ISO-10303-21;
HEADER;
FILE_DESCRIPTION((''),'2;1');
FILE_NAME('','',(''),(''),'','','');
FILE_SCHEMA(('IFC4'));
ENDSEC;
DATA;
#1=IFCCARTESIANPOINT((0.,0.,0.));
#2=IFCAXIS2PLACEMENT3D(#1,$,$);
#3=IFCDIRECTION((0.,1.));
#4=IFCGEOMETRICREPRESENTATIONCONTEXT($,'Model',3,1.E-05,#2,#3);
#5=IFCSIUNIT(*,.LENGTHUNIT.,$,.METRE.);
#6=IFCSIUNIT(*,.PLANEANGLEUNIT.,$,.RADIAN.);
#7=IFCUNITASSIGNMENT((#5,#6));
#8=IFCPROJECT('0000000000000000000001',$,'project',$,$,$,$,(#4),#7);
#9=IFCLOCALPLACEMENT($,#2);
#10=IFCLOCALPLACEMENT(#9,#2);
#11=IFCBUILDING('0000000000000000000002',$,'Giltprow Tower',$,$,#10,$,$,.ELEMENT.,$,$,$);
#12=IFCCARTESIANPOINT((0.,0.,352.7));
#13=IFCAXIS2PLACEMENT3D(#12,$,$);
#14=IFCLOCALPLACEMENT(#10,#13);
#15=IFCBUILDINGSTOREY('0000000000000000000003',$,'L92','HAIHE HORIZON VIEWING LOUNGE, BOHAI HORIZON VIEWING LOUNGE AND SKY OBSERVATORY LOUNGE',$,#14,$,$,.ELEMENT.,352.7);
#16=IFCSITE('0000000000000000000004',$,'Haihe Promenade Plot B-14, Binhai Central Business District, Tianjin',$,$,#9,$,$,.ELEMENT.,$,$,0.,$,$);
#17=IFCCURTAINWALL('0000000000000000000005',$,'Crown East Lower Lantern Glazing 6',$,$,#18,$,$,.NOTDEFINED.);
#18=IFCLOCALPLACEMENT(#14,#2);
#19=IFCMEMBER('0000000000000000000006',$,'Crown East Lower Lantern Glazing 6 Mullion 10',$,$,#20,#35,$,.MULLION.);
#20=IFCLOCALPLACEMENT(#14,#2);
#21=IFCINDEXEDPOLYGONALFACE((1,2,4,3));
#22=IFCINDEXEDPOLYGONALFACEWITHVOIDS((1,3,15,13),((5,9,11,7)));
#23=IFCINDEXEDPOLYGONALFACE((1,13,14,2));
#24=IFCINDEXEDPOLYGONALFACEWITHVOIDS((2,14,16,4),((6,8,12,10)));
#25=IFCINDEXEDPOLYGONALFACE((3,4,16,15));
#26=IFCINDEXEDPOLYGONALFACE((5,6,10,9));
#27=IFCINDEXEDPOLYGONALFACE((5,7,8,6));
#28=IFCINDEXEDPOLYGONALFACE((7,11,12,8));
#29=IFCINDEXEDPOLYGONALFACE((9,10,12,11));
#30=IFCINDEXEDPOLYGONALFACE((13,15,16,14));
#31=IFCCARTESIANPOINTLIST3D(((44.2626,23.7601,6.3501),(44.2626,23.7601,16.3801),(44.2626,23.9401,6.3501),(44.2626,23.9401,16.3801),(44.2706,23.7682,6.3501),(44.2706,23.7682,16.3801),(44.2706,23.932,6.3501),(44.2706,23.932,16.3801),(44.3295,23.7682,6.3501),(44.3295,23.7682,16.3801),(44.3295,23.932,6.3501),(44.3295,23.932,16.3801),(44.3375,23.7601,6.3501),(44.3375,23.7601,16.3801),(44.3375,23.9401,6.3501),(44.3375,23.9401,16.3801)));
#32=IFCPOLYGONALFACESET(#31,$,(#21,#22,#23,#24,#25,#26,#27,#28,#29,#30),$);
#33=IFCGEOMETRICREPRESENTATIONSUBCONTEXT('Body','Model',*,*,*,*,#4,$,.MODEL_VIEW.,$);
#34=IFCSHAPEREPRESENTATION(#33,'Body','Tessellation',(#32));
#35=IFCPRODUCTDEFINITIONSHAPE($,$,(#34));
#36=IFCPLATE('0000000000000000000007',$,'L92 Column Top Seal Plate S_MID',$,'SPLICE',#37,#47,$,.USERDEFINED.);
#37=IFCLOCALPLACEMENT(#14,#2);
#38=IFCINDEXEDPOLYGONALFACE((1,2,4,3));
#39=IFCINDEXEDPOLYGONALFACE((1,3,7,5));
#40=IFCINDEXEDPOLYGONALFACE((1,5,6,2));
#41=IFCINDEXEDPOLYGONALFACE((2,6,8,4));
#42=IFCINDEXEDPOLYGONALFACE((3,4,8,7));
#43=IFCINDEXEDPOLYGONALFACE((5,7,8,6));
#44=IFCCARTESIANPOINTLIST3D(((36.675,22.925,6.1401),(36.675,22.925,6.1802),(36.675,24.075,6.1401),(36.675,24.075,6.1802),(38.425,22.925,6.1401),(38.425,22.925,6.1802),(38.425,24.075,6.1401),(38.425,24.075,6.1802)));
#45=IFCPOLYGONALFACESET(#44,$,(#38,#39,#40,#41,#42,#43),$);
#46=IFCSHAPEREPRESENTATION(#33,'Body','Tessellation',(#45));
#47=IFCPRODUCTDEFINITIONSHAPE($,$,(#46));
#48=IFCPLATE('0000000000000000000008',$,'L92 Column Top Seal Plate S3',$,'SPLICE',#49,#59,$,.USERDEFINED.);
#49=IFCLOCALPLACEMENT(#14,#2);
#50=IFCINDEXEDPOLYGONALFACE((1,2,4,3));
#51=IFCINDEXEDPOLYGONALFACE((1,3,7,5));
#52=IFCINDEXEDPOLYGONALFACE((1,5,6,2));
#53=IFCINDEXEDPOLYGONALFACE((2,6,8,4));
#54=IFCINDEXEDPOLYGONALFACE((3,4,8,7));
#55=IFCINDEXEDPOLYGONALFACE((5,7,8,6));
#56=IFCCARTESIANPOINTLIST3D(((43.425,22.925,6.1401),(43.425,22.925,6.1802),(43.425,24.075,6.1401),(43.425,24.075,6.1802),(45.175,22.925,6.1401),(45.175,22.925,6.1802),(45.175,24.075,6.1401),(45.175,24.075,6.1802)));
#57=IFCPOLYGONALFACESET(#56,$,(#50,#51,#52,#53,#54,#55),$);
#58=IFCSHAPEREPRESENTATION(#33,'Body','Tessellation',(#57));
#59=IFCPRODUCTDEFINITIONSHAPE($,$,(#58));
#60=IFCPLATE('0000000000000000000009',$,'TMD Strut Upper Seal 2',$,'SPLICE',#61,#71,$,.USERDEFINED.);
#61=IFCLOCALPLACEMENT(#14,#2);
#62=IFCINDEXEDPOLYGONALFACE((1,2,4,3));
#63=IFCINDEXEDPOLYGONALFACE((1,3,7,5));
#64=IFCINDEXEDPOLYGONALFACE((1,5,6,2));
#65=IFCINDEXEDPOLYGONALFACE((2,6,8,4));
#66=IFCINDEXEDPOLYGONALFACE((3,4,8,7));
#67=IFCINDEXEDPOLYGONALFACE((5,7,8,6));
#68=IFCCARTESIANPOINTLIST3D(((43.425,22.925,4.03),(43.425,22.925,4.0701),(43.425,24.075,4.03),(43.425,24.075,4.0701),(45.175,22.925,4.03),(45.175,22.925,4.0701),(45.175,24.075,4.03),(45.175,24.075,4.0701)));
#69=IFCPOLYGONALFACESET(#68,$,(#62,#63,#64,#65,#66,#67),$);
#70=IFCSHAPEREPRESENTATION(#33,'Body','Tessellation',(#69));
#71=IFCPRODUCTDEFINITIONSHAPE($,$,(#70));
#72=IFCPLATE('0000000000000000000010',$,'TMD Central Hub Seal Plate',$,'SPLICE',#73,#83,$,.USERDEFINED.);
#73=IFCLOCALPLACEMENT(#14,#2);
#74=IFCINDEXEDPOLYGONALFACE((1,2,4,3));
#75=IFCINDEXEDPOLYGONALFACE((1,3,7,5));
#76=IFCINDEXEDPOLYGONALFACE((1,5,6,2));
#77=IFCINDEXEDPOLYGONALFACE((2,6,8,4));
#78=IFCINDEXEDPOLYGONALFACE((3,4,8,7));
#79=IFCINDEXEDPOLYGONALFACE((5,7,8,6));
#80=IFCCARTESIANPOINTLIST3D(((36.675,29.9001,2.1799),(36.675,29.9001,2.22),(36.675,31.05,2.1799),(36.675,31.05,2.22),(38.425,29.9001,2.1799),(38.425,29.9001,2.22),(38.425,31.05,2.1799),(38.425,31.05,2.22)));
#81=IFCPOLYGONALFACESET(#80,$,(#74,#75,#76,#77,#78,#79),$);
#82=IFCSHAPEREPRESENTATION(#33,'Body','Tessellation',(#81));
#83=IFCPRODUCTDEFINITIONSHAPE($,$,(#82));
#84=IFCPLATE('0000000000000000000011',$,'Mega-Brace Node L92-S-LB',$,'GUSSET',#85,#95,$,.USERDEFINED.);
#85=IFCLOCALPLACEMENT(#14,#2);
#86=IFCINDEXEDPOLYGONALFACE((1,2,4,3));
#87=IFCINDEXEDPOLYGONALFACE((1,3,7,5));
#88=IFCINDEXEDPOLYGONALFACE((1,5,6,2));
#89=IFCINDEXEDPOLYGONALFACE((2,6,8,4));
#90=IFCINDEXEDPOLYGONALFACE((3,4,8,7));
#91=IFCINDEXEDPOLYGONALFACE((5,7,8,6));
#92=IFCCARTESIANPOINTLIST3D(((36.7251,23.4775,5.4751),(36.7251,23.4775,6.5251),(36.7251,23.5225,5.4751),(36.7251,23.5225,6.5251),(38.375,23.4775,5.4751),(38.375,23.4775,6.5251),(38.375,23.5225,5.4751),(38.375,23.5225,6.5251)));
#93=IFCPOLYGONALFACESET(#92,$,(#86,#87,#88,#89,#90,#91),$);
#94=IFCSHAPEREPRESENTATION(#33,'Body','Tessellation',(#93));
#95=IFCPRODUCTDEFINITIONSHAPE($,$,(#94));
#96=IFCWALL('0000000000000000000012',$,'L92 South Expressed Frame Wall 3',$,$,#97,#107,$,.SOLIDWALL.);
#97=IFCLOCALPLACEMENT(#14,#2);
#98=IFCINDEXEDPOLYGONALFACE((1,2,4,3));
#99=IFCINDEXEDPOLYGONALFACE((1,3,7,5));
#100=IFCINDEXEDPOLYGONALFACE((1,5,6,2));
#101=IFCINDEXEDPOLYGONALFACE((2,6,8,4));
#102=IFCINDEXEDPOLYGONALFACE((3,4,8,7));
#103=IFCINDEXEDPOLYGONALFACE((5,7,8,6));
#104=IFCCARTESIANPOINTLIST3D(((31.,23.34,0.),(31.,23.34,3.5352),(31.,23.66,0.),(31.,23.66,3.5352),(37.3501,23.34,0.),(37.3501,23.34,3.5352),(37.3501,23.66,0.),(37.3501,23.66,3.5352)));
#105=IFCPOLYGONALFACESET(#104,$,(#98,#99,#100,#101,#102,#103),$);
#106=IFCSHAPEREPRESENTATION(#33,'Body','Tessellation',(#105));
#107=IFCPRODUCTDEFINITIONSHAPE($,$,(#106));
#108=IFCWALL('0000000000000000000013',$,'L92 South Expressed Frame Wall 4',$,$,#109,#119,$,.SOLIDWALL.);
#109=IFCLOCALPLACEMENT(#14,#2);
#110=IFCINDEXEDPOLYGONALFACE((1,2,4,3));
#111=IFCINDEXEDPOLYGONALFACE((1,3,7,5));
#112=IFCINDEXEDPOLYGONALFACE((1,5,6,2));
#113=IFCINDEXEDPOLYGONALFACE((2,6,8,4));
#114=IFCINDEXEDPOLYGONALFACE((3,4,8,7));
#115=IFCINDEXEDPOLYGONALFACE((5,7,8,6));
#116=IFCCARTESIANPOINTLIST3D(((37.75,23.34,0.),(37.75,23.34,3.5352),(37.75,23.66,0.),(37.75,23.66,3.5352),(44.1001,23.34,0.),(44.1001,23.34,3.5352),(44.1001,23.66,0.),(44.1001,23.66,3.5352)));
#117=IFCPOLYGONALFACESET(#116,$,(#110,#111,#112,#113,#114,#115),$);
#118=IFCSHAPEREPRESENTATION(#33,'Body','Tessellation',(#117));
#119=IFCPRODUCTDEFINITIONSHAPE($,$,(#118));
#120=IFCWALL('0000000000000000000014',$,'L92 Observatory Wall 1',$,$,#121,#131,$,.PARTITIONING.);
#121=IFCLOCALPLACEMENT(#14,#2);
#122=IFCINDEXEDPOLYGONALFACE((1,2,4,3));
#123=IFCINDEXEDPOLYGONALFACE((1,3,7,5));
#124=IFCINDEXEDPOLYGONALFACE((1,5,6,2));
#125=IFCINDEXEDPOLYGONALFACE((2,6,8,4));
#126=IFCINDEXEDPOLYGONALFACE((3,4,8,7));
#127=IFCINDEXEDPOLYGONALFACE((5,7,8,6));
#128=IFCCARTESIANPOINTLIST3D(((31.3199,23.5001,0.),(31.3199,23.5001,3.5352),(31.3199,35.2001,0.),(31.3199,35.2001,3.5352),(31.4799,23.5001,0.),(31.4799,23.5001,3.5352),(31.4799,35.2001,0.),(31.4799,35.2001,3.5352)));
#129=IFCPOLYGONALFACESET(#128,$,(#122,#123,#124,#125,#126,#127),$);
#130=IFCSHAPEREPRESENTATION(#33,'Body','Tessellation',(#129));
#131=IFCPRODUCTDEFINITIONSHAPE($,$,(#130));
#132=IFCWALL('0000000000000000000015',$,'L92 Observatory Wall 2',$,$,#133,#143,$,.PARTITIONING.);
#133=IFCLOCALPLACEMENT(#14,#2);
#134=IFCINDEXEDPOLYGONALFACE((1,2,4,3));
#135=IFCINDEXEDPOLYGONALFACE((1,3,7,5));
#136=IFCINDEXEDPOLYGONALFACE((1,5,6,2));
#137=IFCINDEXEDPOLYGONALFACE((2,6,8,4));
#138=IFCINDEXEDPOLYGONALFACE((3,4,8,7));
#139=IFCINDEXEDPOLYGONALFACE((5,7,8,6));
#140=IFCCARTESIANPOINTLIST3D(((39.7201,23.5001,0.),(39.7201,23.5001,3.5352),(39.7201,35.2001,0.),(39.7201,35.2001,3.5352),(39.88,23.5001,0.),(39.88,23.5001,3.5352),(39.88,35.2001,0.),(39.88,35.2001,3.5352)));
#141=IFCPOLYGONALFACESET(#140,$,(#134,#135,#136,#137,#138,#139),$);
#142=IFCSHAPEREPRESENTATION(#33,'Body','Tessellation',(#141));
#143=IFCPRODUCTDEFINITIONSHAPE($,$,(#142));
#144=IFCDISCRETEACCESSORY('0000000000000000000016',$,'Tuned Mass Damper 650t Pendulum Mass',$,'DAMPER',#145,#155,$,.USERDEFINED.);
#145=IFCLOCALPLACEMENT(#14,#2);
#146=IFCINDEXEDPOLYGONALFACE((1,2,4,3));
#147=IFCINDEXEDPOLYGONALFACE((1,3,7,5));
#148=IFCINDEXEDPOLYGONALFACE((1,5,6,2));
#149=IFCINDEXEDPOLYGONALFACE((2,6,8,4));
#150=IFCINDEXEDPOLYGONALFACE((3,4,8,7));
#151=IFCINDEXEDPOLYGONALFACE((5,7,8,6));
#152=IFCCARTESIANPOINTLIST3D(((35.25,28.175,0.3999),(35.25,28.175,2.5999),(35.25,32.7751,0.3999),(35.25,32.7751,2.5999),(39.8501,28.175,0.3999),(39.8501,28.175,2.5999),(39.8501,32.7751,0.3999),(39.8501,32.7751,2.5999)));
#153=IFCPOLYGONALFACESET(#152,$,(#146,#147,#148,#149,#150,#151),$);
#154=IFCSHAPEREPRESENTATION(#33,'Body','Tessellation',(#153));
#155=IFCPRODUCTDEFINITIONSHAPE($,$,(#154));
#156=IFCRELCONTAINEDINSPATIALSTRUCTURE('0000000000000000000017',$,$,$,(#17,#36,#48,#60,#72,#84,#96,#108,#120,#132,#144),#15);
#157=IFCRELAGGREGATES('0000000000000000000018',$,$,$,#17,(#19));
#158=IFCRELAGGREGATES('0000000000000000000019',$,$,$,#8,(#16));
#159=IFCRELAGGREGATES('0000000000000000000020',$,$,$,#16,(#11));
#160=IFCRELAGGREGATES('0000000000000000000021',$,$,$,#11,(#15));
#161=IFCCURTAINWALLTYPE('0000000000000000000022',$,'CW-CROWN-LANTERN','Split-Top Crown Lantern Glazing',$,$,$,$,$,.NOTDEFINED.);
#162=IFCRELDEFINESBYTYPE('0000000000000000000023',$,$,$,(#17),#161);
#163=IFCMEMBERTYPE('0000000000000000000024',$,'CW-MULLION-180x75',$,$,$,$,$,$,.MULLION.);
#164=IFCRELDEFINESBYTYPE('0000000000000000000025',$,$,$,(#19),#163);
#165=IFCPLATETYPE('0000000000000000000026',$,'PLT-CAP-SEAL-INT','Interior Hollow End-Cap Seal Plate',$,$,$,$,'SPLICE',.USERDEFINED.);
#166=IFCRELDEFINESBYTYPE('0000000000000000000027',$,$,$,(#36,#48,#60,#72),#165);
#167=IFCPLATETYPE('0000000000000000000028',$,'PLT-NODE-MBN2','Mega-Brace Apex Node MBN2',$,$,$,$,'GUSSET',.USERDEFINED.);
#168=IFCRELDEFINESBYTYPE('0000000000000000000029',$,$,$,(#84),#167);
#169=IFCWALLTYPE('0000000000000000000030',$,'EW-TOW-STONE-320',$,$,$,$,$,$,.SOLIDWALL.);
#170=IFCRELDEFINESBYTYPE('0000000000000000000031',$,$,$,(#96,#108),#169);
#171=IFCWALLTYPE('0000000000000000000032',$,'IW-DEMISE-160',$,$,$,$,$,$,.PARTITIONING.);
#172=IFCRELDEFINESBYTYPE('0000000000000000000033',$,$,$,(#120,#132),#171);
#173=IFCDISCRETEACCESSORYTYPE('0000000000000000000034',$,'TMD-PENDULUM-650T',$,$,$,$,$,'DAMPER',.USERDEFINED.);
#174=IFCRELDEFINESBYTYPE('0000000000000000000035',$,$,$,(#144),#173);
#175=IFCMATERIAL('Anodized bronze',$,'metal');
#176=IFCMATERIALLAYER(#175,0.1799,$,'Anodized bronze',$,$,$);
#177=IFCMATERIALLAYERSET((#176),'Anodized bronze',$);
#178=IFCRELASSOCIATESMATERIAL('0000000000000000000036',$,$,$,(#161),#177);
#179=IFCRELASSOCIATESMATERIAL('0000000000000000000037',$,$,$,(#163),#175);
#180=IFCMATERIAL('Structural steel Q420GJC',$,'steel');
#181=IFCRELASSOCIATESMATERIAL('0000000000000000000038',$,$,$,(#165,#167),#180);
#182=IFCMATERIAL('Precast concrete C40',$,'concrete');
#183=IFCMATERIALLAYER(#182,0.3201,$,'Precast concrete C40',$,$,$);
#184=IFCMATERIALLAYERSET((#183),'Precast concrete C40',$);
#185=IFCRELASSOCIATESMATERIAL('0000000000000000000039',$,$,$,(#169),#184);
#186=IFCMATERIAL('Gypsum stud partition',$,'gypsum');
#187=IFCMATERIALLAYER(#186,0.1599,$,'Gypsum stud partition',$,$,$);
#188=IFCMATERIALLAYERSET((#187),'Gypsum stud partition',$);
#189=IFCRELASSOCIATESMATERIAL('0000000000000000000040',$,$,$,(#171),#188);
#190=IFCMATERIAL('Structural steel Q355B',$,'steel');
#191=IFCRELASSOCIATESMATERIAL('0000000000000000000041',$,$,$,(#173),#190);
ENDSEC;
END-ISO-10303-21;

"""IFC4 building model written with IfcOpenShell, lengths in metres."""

from ifc_helpers import new_model, si_unit, direction, frame, frame_2d, origin, origin_2d, place, context, subcontext, project, spatial, rectangle, hollow_rectangle, extrude, source, transform, mapped, material, layer, layer_set, material_profile, profile_set, type_object, element, aggregate, save


model = new_model("IFC4")

# Units and contexts
model_context = context("Model", 3, precision=1e-05, world=origin(), true_north=direction((0.0, 1.0)))
body_context = subcontext(model_context, "Body", "Model", "MODEL_VIEW")
ifc_project = project(units=[si_unit("LENGTHUNIT", "METRE"), si_unit("PLANEANGLEUNIT", "RADIAN")], contexts=[model_context])

# Site, building, storey
site_placement = place(None, origin())
site = spatial("IfcSite", under=ifc_project, at=site_placement, Name="Haihe Promenade Plot B-14, Binhai Central Business District, Tianjin", CompositionType="ELEMENT", RefElevation=0.0)
building_placement = place(site_placement, origin())
building = spatial("IfcBuilding", under=site, at=building_placement, Name="Giltprow Tower", CompositionType="ELEMENT")
storey_placement = place(building_placement, frame((0.0, 0.0, 352.7)))
storey = spatial("IfcBuildingStorey", under=building, at=storey_placement, Name="L92", Description="HAIHE HORIZON VIEWING LOUNGE, BOHAI HORIZON VIEWING LOUNGE AND SKY OBSERVATORY LOUNGE", CompositionType="ELEMENT", Elevation=352.7)

# Shared definitions
ifc_material_1 = material(Name="Structural steel Q355B", Category="steel")

# Shared definitions
ifc_material_2 = material(Name="Structural steel Q420GJC", Category="steel")

# Curtain wall, member
ifc_material_3 = material(Name="Anodized bronze", Category="metal")
ifc_layer_1 = layer(ifc_material_3, 0.1799, Name="Anodized bronze")
ifc_layer_set_1 = layer_set([ifc_layer_1], Name="Anodized bronze")
curtain_wall_type = type_object("IfcCurtainWallType", Name="CW-CROWN-LANTERN", Description="Split-Top Crown Lantern Glazing", PredefinedType="NOTDEFINED", material=ifc_layer_set_1)
curtain_wall_placement = place(storey_placement, origin())
curtain_wall = element("IfcCurtainWall", 1, at=curtain_wall_placement, inside=storey, type_object=curtain_wall_type, Name="Crown East Lower Lantern Glazing 6", PredefinedType="NOTDEFINED")
ifc_material_profile_1 = material_profile(ifc_material_3, hollow_rectangle(XDim=0.075, YDim=0.1799, WallThickness=0.0081, at=origin_2d()), Name="RHS 180x75x8")
ifc_profile_set_1 = profile_set([ifc_material_profile_1], Name="Anodized bronze")
member_type_1 = type_object("IfcMemberType", Name="CW-MULLION-180x75", PredefinedType="MULLION", material=ifc_profile_set_1)
shared_shape_1 = source(origin(), body_context, "Body", "SweptSolid", [
    extrude(hollow_rectangle(XDim=0.075, YDim=0.1799, WallThickness=0.0081, at=origin_2d()), origin(), (0.0, 0.0, 1.0), 10.03),
])
member_1_placement = place(storey_placement, frame((44.3, 23.8501, 6.3501), z_axis=(0.0, 0.0, 1.0), x_axis=(1.0, 0.0, 0.0)))
member_1 = element("IfcMember", 2, at=member_1_placement, type_object=member_type_1, Name="Crown East Lower Lantern Glazing 6 Mullion 10", PredefinedType="MULLION", context=body_context, shape_type="MappedRepresentation", body=[
    mapped(shared_shape_1, transform((0.0, 0.0, 0.0), x_axis=(1.0, 0.0, 0.0), y_axis=(0.0, 1.0, 0.0), z_axis=(0.0, 0.0, 1.0), scale=1.0)),
])
aggregate(curtain_wall, [member_1])

# Plates
plate_type_1 = type_object("IfcPlateType", Name="PLT-CAP-SEAL-INT", Description="Interior Hollow End-Cap Seal Plate", ElementType="SPLICE", PredefinedType="USERDEFINED", material=ifc_material_2)
shared_shape_2 = source(origin(), body_context, "Body", "SweptSolid", [
    extrude(rectangle(XDim=1.75, YDim=1.1499, at=origin_2d()), origin(), (0.0, 0.0, 1.0), 0.04),
])
for number, where, z_axis, x_axis, name in (
    (3, (37.55, 23.5, 6.1401), (0.0, 0.0, 1.0), (1.0, 0.0, 0.0), "L92 Column Top Seal Plate S_MID"),
    (4, (44.3, 23.5, 6.1401), (0.0, 0.0, 1.0), (1.0, 0.0, 0.0), "L92 Column Top Seal Plate S3"),
    (5, (44.3, 23.5, 4.03), (0.0, 0.0, 1.0), (1.0, 0.0, 0.0), "TMD Strut Upper Seal 2"),
    (6, (37.55, 30.4751, 2.1799), (0.0, 0.0, 1.0), (1.0, 0.0, 0.0), "TMD Central Hub Seal Plate"),
):
    element("IfcPlate", number, at=place(storey_placement, frame(where, z_axis=z_axis, x_axis=x_axis)), inside=storey, type_object=plate_type_1, Name=name, ObjectType="SPLICE", PredefinedType="USERDEFINED", context=body_context, shape_type="MappedRepresentation", body=[
        mapped(shared_shape_2, transform((0.0, 0.0, 0.0), x_axis=(1.0, 0.0, 0.0), y_axis=(0.0, 1.0, 0.0), z_axis=(0.0, 0.0, 1.0), scale=1.0)),
    ])
plate_type_2 = type_object("IfcPlateType", Name="PLT-NODE-MBN2", Description="Mega-Brace Apex Node MBN2", ElementType="GUSSET", PredefinedType="USERDEFINED", material=ifc_material_2)
shared_shape_3 = source(origin(), body_context, "Body", "SweptSolid", [
    extrude(rectangle(XDim=1.6499, YDim=0.0449, at=origin_2d()), origin(), (0.0, 0.0, 1.0), 1.05),
])
plate_placement = place(storey_placement, frame((37.55, 23.5, 5.4751), z_axis=(0.0, 0.0, 1.0), x_axis=(1.0, 0.0, 0.0)))
element("IfcPlate", 7, at=plate_placement, inside=storey, type_object=plate_type_2, Name="Mega-Brace Node L92-S-LB", ObjectType="GUSSET", PredefinedType="USERDEFINED", context=body_context, shape_type="MappedRepresentation", body=[
    mapped(shared_shape_3, transform((0.0, 0.0, 0.0), x_axis=(1.0, 0.0, 0.0), y_axis=(0.0, 1.0, 0.0), z_axis=(0.0, 0.0, 1.0), scale=1.0)),
])

# Walls
ifc_material_4 = material(Name="Precast concrete C40", Category="concrete")
ifc_layer_2 = layer(ifc_material_4, 0.3201, Name="Precast concrete C40")
ifc_layer_set_2 = layer_set([ifc_layer_2], Name="Precast concrete C40")
wall_type_1 = type_object("IfcWallType", Name="EW-TOW-STONE-320", PredefinedType="SOLIDWALL", material=ifc_layer_set_2)
for number, where, z_axis, x_axis, name in (
    (8, (31.0, 23.5, 0.0), (0.0, 0.0, 1.0), (1.0, 0.0, 0.0), "L92 South Expressed Frame Wall 3"),
    (9, (37.75, 23.5, 0.0), (0.0, 0.0, 1.0), (1.0, 0.0, 0.0), "L92 South Expressed Frame Wall 4"),
):
    element("IfcWall", number, at=place(storey_placement, frame(where, z_axis=z_axis, x_axis=x_axis)), inside=storey, type_object=wall_type_1, Name=name, PredefinedType="SOLIDWALL", context=body_context, shape_type="SweptSolid", body=[
        extrude(rectangle(XDim=6.3501, YDim=0.3201, at=frame_2d((3.175, 0.0))), origin(), (0.0, 0.0, 1.0), 3.5352),
    ])
ifc_material_5 = material(Name="Gypsum stud partition", Category="gypsum")
ifc_layer_3 = layer(ifc_material_5, 0.1599, Name="Gypsum stud partition")
ifc_layer_set_3 = layer_set([ifc_layer_3], Name="Gypsum stud partition")
wall_type_2 = type_object("IfcWallType", Name="IW-DEMISE-160", PredefinedType="PARTITIONING", material=ifc_layer_set_3)
for number, where, z_axis, x_axis, name in (
    (10, (31.3999, 23.5, 0.0), (0.0, 0.0, 1.0), (0.0, 1.0, 0.0), "L92 Observatory Wall 1"),
    (11, (39.8, 23.5, 0.0), (0.0, 0.0, 1.0), (0.0, 1.0, 0.0), "L92 Observatory Wall 2"),
):
    element("IfcWall", number, at=place(storey_placement, frame(where, z_axis=z_axis, x_axis=x_axis)), inside=storey, type_object=wall_type_2, Name=name, PredefinedType="PARTITIONING", context=body_context, shape_type="SweptSolid", body=[
        extrude(rectangle(XDim=11.7, YDim=0.1599, at=frame_2d((5.8501, 0.0))), origin(), (0.0, 0.0, 1.0), 3.5352),
    ])

# Discrete accessory
discrete_accessory_type = type_object("IfcDiscreteAccessoryType", Name="TMD-PENDULUM-650T", ElementType="DAMPER", PredefinedType="USERDEFINED", material=ifc_material_1)
shared_shape_4 = source(origin(), body_context, "Body", "SweptSolid", [
    extrude(rectangle(XDim=4.6001, YDim=4.6001, at=origin_2d()), origin(), (0.0, 0.0, 1.0), 2.2),
])
discrete_accessory_placement = place(storey_placement, frame((37.55, 30.4751, 0.3999), z_axis=(0.0, 0.0, 1.0), x_axis=(1.0, 0.0, 0.0)))
element("IfcDiscreteAccessory", 12, at=discrete_accessory_placement, inside=storey, type_object=discrete_accessory_type, Name="Tuned Mass Damper 650t Pendulum Mass", ObjectType="DAMPER", PredefinedType="USERDEFINED", context=body_context, shape_type="MappedRepresentation", body=[
    mapped(shared_shape_4, transform((0.0, 0.0, 0.0), x_axis=(1.0, 0.0, 0.0), y_axis=(0.0, 1.0, 0.0), z_axis=(0.0, 0.0, 1.0), scale=1.0)),
])

save(model, "model.ifc")
